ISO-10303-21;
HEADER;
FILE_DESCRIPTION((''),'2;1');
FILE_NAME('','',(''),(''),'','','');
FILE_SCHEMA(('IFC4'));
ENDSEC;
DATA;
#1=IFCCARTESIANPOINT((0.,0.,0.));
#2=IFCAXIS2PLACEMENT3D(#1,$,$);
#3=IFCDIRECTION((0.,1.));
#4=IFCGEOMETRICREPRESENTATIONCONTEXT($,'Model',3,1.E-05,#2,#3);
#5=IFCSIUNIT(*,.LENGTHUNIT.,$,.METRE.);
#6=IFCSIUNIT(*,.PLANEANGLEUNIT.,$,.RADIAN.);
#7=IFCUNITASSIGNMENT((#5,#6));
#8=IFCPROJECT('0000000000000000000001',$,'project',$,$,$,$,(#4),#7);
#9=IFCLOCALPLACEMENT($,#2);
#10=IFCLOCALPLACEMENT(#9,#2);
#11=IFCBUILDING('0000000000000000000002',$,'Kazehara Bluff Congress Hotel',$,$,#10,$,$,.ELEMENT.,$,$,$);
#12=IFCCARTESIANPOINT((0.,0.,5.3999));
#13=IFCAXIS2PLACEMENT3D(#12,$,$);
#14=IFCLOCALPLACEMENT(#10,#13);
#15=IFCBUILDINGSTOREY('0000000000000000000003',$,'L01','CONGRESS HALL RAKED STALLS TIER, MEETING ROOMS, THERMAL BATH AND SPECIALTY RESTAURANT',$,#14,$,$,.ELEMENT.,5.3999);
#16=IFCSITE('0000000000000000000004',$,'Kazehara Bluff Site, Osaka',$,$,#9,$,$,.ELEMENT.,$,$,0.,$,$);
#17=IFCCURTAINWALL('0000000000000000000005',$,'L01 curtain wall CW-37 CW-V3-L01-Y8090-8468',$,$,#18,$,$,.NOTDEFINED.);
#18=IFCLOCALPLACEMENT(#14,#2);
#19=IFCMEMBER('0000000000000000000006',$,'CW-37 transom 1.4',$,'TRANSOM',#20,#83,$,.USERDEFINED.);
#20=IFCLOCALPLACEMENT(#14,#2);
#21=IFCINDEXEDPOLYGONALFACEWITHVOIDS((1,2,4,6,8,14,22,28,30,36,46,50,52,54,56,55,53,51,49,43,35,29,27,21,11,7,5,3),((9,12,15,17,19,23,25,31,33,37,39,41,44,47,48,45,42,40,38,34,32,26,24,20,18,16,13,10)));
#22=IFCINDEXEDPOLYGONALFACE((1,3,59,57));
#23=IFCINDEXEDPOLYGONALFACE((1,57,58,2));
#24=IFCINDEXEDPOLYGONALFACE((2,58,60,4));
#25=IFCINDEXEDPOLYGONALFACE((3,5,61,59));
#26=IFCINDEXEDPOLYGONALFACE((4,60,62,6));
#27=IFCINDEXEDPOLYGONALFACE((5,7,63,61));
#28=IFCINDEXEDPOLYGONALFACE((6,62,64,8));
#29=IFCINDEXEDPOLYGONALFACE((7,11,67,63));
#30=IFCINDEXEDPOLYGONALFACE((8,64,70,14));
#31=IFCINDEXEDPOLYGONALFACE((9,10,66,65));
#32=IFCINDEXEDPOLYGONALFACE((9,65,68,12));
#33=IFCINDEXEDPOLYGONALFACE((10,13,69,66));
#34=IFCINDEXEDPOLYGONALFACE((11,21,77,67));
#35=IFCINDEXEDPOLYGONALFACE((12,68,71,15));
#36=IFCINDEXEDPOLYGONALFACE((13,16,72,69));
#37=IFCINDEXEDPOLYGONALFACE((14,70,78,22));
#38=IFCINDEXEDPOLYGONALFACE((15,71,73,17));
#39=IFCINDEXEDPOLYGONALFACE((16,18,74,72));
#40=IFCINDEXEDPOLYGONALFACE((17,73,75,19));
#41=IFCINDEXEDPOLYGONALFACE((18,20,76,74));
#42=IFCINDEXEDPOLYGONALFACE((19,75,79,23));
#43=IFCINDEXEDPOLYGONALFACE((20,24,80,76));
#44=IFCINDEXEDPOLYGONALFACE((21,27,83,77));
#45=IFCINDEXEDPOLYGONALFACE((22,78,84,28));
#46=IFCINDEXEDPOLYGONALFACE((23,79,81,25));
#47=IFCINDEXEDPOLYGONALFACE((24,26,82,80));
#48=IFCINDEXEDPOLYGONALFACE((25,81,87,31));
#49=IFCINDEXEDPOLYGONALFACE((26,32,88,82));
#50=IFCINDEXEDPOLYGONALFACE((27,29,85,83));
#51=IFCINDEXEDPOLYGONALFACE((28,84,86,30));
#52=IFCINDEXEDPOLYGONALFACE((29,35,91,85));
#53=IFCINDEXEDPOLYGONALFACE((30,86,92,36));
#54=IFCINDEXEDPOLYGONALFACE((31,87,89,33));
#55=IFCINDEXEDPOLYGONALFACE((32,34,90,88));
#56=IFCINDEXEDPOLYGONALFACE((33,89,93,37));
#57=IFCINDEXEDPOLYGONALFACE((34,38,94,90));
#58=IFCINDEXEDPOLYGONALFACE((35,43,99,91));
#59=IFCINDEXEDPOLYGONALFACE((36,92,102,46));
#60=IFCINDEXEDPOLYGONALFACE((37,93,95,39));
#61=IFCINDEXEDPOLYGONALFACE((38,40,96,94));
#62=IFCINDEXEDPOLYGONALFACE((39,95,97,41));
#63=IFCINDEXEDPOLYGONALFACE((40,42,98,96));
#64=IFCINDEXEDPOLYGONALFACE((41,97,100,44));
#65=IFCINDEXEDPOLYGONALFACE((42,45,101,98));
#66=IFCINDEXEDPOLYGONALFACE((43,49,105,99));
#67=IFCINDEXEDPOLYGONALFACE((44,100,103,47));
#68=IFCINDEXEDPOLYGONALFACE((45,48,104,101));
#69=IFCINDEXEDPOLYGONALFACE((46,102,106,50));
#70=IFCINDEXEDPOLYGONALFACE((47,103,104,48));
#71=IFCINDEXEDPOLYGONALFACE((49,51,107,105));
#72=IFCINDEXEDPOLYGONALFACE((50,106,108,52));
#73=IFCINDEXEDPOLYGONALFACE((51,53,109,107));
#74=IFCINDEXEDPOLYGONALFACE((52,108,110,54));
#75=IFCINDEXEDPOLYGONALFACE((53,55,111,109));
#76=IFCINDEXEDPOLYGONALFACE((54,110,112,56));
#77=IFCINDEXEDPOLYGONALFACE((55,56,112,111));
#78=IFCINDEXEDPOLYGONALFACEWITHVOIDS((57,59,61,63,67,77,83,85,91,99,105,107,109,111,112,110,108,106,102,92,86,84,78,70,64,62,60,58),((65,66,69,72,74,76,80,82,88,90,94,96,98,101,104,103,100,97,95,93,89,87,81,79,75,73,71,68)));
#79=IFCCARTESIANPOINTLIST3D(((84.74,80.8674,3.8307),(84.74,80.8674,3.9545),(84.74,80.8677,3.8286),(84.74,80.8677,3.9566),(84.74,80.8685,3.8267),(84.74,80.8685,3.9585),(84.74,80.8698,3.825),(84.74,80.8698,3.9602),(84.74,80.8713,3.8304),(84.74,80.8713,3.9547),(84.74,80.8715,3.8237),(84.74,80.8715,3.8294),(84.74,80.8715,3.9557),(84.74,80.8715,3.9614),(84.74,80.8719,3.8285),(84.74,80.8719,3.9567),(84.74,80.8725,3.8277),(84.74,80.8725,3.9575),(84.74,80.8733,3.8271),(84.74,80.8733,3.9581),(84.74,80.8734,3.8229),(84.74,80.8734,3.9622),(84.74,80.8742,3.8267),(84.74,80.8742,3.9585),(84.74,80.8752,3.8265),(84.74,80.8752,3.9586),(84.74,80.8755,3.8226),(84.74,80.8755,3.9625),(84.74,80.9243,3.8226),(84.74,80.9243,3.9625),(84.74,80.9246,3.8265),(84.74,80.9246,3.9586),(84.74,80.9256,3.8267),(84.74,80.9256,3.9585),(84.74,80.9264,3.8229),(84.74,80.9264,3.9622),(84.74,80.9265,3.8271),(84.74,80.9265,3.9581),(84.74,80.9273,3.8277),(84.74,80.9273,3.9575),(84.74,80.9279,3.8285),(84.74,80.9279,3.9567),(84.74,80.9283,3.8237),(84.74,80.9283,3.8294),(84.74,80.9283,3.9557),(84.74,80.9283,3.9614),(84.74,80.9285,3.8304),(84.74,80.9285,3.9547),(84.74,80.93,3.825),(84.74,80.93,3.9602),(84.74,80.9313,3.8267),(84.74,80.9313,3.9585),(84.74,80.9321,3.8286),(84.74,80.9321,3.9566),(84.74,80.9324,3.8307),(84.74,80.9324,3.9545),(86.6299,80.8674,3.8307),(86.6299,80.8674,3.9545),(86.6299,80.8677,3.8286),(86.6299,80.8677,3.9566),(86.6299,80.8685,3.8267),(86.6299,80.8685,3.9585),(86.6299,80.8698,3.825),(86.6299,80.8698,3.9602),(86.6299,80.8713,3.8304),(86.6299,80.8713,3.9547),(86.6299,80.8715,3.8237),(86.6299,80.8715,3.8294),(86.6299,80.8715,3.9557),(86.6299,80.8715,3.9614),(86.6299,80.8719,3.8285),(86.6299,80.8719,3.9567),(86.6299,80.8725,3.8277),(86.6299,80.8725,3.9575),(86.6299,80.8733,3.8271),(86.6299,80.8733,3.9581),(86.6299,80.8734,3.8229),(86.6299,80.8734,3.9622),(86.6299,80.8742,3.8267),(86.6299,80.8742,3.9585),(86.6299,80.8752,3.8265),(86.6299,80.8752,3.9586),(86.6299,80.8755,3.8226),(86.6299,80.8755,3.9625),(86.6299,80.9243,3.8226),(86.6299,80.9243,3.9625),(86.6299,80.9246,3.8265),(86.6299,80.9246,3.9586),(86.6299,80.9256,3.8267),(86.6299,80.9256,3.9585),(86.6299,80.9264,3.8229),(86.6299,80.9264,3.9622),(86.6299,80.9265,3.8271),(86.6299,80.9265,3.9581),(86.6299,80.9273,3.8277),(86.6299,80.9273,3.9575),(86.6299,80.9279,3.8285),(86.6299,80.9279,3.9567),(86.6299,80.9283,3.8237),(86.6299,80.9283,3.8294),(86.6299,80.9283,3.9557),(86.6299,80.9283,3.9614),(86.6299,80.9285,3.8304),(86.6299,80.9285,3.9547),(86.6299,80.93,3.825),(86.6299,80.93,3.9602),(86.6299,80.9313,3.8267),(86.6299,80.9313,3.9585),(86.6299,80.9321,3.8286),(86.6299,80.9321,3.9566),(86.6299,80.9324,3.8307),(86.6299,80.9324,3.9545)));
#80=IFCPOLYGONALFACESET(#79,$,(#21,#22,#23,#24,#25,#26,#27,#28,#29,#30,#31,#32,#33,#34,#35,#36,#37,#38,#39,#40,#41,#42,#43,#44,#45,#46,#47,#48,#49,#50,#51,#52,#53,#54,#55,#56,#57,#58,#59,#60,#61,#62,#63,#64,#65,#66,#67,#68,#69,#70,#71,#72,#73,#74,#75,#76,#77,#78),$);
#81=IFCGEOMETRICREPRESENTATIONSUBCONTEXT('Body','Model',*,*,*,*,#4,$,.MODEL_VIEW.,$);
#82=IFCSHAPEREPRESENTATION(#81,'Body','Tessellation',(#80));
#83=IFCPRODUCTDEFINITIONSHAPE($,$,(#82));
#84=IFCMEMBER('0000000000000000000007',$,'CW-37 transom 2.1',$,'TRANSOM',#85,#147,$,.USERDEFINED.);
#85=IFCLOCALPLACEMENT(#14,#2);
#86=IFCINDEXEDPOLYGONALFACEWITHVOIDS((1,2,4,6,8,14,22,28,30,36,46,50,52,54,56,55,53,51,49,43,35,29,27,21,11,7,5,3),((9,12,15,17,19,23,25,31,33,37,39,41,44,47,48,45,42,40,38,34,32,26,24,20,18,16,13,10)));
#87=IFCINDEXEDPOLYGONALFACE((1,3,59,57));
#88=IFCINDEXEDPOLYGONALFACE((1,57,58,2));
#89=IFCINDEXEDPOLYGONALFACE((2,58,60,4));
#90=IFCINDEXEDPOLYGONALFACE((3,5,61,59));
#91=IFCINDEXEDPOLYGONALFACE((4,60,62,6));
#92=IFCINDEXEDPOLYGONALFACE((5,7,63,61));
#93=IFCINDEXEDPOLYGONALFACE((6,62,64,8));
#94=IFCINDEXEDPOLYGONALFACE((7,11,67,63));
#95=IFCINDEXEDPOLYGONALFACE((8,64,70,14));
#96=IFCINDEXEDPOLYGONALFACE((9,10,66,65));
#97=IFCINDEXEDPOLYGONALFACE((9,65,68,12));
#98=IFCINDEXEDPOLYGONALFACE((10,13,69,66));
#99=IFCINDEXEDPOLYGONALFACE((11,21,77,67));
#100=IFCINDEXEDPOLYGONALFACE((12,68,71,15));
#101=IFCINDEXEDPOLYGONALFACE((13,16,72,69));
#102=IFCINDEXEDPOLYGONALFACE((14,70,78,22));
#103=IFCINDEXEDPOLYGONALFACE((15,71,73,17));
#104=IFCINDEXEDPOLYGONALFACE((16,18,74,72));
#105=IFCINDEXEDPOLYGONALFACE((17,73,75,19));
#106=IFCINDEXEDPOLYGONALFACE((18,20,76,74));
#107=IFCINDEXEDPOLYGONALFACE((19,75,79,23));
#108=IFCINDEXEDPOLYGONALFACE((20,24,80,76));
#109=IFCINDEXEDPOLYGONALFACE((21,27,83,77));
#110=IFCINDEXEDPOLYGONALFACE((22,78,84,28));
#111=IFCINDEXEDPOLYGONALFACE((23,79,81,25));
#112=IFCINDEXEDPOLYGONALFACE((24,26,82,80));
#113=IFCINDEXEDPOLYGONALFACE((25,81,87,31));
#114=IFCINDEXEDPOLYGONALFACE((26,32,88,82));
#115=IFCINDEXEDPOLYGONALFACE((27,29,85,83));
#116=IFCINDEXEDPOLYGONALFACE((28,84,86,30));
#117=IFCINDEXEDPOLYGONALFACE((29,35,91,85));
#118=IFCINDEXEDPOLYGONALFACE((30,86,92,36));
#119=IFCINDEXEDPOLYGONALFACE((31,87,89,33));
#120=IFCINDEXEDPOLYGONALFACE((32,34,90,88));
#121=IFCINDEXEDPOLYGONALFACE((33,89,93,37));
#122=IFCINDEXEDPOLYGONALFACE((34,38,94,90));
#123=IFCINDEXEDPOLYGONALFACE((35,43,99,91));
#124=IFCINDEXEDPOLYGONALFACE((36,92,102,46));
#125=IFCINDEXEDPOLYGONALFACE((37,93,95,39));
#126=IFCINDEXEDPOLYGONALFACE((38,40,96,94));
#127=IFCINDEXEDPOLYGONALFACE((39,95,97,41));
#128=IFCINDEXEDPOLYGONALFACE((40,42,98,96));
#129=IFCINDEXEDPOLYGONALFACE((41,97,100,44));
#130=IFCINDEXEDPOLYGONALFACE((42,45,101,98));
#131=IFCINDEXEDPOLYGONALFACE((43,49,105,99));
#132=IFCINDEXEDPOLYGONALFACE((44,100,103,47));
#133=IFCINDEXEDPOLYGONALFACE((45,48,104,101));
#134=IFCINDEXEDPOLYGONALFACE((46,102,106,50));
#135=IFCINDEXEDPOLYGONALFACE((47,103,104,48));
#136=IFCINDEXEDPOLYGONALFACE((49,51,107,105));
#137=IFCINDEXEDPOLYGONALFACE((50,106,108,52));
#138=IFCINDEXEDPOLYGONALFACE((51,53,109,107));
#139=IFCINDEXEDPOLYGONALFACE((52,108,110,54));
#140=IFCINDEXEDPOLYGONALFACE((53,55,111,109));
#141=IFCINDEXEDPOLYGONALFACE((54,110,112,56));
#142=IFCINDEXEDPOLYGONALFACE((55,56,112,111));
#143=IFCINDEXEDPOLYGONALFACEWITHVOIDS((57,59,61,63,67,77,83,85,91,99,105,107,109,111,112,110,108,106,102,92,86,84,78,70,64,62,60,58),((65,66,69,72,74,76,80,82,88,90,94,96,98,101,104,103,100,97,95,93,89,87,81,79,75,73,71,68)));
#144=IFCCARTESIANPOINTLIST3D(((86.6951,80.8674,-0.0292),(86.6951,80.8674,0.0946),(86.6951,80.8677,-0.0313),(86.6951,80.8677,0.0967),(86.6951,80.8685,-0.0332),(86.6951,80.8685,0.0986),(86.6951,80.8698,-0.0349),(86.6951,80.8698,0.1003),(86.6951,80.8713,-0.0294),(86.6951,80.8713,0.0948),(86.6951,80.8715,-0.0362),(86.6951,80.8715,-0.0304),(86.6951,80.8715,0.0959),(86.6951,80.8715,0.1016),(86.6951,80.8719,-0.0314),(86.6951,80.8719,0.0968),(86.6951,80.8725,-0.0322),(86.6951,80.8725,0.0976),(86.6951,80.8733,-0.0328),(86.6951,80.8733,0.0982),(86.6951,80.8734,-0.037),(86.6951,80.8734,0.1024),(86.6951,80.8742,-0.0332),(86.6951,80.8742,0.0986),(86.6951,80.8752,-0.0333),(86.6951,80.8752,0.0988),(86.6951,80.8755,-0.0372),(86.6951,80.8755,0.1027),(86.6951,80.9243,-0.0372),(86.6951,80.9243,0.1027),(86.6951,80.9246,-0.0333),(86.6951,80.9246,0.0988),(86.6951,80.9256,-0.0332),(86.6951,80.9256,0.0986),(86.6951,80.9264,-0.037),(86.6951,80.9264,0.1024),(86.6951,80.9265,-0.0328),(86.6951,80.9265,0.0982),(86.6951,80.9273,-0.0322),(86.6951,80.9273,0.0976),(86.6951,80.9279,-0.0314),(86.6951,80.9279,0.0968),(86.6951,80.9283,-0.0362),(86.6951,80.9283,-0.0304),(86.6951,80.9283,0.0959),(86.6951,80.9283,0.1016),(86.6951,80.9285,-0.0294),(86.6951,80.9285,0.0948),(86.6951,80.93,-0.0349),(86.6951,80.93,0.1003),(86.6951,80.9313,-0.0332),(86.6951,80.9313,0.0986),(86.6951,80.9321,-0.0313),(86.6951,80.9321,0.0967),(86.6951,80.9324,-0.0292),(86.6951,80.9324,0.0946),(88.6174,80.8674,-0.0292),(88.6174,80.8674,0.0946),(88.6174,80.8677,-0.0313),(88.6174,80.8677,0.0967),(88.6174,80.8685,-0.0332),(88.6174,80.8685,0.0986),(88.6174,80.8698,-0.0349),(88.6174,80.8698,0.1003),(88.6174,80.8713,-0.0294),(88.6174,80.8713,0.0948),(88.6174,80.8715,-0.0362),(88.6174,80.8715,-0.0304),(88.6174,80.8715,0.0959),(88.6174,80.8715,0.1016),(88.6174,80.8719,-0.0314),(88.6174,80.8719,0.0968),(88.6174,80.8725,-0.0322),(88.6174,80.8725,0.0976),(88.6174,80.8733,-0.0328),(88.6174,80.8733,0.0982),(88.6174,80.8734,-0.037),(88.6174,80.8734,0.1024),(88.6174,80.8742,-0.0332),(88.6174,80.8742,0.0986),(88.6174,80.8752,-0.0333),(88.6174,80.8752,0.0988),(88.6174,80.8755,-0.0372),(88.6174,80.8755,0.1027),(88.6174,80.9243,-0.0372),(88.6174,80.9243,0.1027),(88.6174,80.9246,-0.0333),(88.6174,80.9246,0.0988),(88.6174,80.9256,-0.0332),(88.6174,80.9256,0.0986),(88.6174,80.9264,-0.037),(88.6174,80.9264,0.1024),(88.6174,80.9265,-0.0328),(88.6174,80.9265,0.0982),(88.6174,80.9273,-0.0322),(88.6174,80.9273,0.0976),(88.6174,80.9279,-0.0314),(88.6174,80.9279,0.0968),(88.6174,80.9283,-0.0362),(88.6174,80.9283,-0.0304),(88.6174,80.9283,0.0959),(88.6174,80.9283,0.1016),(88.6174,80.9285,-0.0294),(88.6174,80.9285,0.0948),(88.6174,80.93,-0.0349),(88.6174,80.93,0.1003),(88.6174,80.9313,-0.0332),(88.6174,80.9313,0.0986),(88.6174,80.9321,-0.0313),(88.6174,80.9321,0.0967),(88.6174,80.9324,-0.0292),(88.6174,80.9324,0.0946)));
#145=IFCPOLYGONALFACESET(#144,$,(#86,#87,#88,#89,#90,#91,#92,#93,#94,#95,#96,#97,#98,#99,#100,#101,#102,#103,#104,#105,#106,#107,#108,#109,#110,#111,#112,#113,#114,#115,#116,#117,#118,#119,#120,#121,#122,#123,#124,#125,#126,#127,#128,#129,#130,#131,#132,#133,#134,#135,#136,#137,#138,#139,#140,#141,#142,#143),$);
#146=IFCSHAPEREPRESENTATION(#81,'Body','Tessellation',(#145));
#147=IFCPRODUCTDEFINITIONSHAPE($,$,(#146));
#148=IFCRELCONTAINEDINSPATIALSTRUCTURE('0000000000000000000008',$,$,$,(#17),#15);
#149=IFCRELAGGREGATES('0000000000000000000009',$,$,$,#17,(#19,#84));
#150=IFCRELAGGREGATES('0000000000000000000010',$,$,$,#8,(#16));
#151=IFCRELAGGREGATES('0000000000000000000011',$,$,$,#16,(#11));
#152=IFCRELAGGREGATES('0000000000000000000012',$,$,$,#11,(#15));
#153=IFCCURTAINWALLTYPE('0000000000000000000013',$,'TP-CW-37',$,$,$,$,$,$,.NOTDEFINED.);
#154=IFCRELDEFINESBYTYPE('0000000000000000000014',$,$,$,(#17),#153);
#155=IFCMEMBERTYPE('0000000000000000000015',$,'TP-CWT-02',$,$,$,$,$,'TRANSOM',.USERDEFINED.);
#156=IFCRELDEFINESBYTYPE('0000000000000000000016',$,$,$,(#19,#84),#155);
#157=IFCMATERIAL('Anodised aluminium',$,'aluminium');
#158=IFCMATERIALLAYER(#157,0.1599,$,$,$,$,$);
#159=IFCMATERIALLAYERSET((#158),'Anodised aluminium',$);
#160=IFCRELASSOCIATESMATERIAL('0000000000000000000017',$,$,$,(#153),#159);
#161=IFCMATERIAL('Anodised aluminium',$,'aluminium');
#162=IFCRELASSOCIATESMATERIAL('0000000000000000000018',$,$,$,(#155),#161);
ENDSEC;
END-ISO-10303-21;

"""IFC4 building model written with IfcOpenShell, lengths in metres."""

from ifc_helpers import new_model, si_unit, direction, frame, origin, origin_2d, place, context, subcontext, project, spatial, hollow_rectangle, extrude, material, layer, layer_set, material_profile, profile_set, type_object, element, aggregate, save


model = new_model("IFC4")

# Units and contexts
model_context = context("Model", 3, precision=1e-05, world=origin(), true_north=direction((0.0, 1.0)))
body_context = subcontext(model_context, "Body", "Model", "MODEL_VIEW")
ifc_project = project(units=[si_unit("LENGTHUNIT", "METRE"), si_unit("PLANEANGLEUNIT", "RADIAN")], contexts=[model_context])

# Site, building, storey
site_placement = place(None, origin())
site = spatial("IfcSite", under=ifc_project, at=site_placement, Name="Kazehara Bluff Site, Osaka", CompositionType="ELEMENT", RefElevation=0.0)
building_placement = place(site_placement, origin())
building = spatial("IfcBuilding", under=site, at=building_placement, Name="Kazehara Bluff Congress Hotel", CompositionType="ELEMENT")
storey_placement = place(building_placement, frame((0.0, 0.0, 5.3999)))
storey = spatial("IfcBuildingStorey", under=building, at=storey_placement, Name="L01", Description="CONGRESS HALL RAKED STALLS TIER, MEETING ROOMS, THERMAL BATH AND SPECIALTY RESTAURANT", CompositionType="ELEMENT", Elevation=5.3999)

# Curtain wall
ifc_material_1 = material(Name="Anodised aluminium", Category="aluminium")
ifc_layer_1 = layer(ifc_material_1, 0.1599)
ifc_layer_set_1 = layer_set([ifc_layer_1], Name="Anodised aluminium")
curtain_wall_type_1 = type_object("IfcCurtainWallType", Name="TP-CW-37", PredefinedType="NOTDEFINED", material=ifc_layer_set_1)
curtain_wall_1_placement = place(storey_placement, origin())
curtain_wall_1 = element("IfcCurtainWall", 1, at=curtain_wall_1_placement, inside=storey, type_object=curtain_wall_type_1, Name="L01 curtain wall CW-37 CW-V3-L01-Y8090-8468", PredefinedType="NOTDEFINED")

# Members
ifc_material_2 = material(Name="Anodised aluminium", Category="aluminium")
ifc_material_profile_1 = material_profile(ifc_material_2, hollow_rectangle(XDim=0.0649, YDim=0.1399, WallThickness=0.0039, InnerFilletRadius=0.0039, OuterFilletRadius=0.0081, at=origin_2d()))
ifc_profile_set_1 = profile_set([ifc_material_profile_1], Name="Anodised aluminium")
member_type_1 = type_object("IfcMemberType", Name="TP-CWT-02", ElementType="TRANSOM", PredefinedType="USERDEFINED", material=ifc_profile_set_1)
member_1_placement = place(storey_placement, frame((84.74, 80.8999, 3.8926), z_axis=(1.0, 0.0, 0.0), x_axis=(0.0, 1.0, 0.0)))
member_1 = element("IfcMember", 2, at=member_1_placement, type_object=member_type_1, Name="CW-37 transom 1.4", ObjectType="TRANSOM", PredefinedType="USERDEFINED", context=body_context, shape_type="SweptSolid", body=[
    extrude(hollow_rectangle(XDim=0.0649, YDim=0.1399, WallThickness=0.0039, InnerFilletRadius=0.0039, OuterFilletRadius=0.0081, at=origin_2d()), origin(), (0.0, 0.0, 1.0), 1.8899),
])
member_2_placement = place(storey_placement, frame((86.6951, 80.8999, 0.0327), z_axis=(1.0, 0.0, 0.0), x_axis=(0.0, 1.0, 0.0)))
member_2 = element("IfcMember", 3, at=member_2_placement, type_object=member_type_1, Name="CW-37 transom 2.1", ObjectType="TRANSOM", PredefinedType="USERDEFINED", context=body_context, shape_type="SweptSolid", body=[
    extrude(hollow_rectangle(XDim=0.0649, YDim=0.1399, WallThickness=0.0039, InnerFilletRadius=0.0039, OuterFilletRadius=0.0081, at=origin_2d()), origin(), (0.0, 0.0, 1.0), 1.9224),
])

aggregate(curtain_wall_1, [member_1, member_2])

save(model, "model.ifc")
